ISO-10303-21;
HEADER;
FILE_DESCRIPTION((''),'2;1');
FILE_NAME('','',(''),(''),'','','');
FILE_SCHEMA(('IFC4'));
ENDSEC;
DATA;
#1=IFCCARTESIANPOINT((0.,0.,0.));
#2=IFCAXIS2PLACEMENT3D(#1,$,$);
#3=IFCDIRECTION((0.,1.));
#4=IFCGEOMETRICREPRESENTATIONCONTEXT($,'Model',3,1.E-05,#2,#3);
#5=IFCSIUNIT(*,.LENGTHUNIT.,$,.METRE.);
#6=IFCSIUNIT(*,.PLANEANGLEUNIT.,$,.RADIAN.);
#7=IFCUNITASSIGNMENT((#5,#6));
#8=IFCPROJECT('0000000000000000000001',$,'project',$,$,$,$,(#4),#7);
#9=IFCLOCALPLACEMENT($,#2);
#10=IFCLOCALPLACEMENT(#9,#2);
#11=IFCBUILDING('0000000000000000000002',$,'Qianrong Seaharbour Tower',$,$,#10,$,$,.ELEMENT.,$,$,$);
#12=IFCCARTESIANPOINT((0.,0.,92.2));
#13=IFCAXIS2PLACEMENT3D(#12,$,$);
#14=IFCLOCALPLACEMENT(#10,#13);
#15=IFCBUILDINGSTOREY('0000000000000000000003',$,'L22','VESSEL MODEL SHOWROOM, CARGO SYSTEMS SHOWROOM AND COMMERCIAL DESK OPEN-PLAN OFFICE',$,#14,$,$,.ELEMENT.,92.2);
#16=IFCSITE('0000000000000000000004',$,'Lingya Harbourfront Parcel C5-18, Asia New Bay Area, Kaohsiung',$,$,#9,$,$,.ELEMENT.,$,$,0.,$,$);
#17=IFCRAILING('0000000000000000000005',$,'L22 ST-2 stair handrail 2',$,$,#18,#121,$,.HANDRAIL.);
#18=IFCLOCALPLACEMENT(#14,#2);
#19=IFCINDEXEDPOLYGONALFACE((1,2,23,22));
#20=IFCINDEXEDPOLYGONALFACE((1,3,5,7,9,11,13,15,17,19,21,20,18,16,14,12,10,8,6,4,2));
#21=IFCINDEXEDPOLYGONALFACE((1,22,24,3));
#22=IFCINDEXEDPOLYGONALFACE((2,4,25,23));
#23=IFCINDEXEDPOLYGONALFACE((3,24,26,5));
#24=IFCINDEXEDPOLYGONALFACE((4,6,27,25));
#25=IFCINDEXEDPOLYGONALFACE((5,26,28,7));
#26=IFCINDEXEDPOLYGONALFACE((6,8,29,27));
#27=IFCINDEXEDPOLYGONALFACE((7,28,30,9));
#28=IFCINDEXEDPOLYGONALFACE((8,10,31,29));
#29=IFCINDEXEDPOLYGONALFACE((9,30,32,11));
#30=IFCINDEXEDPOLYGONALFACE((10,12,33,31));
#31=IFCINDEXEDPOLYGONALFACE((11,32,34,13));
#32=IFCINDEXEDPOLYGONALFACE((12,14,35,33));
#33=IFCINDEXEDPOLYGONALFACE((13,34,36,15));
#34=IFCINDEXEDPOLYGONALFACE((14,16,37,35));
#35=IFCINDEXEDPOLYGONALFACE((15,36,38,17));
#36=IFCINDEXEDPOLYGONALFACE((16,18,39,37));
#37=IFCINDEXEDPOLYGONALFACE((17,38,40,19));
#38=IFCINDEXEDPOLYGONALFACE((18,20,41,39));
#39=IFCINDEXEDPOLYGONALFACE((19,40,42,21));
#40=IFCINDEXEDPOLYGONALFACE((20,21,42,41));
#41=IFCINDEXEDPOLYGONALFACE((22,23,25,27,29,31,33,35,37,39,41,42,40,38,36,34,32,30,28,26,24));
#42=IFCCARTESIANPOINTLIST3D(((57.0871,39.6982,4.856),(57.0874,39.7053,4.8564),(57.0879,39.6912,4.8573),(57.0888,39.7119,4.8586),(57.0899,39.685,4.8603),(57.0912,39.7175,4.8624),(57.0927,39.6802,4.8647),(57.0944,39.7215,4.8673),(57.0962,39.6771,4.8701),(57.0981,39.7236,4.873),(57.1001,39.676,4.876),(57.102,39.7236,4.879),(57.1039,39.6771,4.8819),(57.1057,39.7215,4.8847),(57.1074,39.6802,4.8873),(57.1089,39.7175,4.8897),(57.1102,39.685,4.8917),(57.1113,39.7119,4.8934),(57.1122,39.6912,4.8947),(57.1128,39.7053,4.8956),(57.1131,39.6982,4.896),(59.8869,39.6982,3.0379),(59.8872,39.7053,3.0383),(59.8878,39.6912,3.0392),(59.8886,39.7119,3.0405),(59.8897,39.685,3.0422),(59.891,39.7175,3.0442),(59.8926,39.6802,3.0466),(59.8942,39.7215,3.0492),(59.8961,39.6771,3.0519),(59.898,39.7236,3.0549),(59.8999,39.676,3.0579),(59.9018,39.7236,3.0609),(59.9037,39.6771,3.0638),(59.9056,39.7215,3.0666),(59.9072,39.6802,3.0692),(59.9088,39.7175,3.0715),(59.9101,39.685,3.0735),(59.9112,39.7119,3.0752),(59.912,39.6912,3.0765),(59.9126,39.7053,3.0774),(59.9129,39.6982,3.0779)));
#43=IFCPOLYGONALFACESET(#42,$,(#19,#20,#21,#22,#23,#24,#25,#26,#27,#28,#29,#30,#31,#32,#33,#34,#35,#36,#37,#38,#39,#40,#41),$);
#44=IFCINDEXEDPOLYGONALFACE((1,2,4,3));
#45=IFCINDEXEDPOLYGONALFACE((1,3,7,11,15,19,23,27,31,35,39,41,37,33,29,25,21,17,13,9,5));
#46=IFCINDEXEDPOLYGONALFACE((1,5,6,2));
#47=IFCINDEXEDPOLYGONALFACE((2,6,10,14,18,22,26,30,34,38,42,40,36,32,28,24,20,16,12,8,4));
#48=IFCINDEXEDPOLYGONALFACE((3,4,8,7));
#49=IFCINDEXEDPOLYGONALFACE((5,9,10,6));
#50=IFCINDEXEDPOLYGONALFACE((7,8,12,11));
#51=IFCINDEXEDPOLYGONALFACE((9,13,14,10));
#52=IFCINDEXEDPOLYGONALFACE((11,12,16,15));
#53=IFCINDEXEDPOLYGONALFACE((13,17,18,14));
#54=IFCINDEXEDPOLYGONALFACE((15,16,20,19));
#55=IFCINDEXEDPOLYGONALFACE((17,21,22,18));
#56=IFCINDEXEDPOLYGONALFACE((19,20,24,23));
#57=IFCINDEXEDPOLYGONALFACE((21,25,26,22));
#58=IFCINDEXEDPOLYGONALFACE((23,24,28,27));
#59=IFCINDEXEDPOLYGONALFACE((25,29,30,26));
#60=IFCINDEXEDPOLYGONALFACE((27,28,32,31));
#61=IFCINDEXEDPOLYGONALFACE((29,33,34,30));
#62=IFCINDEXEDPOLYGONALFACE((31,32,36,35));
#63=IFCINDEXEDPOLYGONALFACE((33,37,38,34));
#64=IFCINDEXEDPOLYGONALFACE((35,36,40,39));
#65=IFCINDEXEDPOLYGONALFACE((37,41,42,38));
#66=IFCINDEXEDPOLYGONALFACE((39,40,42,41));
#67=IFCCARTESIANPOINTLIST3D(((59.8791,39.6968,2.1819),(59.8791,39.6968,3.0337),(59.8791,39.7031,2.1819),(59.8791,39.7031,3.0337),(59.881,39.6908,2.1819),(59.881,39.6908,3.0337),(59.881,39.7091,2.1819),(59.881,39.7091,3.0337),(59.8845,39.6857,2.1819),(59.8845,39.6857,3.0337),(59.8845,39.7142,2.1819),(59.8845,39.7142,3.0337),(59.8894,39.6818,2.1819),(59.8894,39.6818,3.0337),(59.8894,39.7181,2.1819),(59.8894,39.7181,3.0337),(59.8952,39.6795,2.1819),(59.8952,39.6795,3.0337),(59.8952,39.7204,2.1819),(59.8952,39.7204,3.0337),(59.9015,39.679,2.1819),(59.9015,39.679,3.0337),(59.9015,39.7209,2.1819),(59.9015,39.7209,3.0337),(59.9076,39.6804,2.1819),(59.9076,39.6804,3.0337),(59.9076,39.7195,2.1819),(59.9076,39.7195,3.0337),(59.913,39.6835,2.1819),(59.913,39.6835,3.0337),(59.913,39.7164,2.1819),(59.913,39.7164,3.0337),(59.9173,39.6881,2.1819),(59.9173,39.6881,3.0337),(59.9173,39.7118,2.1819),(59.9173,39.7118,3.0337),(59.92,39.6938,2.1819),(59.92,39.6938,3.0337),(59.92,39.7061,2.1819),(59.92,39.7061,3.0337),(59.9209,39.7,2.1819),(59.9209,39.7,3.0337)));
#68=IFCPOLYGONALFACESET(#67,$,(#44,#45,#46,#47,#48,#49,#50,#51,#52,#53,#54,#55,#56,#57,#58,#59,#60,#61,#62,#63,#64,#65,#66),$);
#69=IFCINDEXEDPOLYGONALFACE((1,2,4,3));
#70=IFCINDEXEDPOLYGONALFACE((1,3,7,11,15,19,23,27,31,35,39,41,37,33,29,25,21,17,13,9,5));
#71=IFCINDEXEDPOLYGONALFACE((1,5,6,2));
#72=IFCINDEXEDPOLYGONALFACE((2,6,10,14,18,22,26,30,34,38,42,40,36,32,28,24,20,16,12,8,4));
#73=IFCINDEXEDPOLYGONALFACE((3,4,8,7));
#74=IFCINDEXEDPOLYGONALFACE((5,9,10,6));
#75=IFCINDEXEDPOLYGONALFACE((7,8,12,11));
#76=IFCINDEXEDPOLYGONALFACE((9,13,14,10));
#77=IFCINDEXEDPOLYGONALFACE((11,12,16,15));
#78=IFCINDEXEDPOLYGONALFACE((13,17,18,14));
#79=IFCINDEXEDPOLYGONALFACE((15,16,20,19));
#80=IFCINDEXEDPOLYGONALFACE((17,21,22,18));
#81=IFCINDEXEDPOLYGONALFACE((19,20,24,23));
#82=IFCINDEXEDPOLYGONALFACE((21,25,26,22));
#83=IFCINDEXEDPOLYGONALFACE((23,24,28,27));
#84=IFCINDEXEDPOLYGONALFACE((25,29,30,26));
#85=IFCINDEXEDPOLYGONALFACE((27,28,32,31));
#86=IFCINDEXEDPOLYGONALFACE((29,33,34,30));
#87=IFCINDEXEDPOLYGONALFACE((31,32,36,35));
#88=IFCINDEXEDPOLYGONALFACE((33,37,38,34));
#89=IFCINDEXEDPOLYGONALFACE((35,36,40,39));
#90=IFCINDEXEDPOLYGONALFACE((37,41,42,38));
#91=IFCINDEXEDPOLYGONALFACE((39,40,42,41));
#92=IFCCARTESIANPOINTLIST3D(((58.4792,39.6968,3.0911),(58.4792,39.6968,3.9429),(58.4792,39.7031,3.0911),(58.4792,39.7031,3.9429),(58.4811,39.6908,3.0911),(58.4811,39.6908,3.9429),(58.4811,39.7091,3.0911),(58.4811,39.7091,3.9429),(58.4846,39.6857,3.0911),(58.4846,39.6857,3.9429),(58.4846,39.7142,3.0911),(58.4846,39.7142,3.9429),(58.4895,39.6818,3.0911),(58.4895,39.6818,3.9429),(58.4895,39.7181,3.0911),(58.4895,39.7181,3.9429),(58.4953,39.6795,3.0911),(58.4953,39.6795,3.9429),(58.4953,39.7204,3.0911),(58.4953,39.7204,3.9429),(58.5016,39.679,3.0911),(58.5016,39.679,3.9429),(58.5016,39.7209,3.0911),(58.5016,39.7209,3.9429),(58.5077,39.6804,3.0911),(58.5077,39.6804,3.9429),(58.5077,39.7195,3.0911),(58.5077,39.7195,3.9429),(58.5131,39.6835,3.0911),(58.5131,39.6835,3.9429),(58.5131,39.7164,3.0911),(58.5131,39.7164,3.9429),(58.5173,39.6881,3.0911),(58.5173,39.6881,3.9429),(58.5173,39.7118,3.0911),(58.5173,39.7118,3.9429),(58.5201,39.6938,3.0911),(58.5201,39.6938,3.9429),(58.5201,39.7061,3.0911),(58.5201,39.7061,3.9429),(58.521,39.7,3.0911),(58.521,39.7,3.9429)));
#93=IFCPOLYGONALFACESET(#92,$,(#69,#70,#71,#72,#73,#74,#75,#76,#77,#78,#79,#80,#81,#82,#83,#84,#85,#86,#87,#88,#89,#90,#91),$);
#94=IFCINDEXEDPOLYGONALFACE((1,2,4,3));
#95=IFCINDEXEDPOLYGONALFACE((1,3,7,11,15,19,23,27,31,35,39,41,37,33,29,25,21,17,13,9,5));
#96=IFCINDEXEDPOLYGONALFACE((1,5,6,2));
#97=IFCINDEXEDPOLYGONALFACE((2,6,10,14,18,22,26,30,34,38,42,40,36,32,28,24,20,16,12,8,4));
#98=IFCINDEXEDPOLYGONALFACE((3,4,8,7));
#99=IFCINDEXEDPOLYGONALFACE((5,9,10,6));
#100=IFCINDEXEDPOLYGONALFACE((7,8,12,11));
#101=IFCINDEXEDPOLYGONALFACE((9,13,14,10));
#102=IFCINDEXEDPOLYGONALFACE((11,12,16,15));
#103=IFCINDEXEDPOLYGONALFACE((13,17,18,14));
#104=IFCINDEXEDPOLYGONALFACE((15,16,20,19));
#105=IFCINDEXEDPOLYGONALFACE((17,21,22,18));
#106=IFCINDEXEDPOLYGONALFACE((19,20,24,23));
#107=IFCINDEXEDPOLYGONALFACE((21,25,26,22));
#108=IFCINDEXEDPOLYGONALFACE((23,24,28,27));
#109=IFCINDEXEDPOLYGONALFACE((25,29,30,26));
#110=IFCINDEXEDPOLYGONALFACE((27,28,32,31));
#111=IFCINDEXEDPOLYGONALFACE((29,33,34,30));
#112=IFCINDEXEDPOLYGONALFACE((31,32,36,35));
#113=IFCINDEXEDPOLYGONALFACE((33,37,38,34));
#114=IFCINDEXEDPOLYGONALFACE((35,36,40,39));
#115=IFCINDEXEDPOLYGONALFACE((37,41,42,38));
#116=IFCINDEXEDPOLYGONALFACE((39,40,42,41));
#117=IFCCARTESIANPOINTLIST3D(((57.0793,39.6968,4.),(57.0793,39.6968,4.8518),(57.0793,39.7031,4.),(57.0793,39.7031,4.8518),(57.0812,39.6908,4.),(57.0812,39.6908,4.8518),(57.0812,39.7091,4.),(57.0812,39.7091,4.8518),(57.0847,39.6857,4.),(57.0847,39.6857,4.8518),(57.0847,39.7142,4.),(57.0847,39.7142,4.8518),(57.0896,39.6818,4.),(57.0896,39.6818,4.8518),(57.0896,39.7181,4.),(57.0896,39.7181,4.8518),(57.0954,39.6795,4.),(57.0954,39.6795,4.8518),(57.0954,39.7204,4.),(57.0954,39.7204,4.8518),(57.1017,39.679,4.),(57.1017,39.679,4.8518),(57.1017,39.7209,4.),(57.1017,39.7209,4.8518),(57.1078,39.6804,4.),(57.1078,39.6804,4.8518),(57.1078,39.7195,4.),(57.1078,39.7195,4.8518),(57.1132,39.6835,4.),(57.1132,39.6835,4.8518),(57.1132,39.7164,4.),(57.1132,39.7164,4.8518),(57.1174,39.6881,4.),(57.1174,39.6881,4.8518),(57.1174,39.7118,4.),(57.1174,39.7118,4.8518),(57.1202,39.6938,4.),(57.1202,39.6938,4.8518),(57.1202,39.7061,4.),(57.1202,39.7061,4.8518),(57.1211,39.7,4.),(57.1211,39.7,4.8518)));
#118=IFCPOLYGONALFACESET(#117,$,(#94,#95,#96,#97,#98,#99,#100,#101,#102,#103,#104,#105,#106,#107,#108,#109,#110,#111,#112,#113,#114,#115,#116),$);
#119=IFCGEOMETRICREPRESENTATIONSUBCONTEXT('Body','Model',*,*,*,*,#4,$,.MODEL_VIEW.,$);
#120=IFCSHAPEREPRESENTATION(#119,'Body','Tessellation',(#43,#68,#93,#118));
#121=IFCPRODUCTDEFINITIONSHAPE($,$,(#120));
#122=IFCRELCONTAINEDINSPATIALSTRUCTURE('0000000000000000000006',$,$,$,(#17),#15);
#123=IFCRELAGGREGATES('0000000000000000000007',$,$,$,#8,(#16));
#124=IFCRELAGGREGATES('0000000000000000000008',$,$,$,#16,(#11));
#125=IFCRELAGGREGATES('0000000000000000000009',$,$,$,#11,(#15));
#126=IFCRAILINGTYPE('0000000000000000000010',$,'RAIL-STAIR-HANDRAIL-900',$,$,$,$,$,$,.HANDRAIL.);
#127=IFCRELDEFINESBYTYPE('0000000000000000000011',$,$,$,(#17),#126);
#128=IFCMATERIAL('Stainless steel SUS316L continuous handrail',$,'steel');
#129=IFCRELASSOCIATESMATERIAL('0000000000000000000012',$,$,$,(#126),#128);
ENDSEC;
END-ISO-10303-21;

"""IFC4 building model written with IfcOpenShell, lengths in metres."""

from ifc_helpers import new_model, si_unit, direction, frame, origin, origin_2d, place, context, subcontext, project, spatial, circle, extrude, material, type_object, element, save


model = new_model("IFC4")

# Units and contexts
model_context = context("Model", 3, precision=1e-05, world=origin(), true_north=direction((0.0, 1.0)))
body_context = subcontext(model_context, "Body", "Model", "MODEL_VIEW")
ifc_project = project(units=[si_unit("LENGTHUNIT", "METRE"), si_unit("PLANEANGLEUNIT", "RADIAN")], contexts=[model_context])

# Site, building, storey
site_placement = place(None, origin())
site = spatial("IfcSite", under=ifc_project, at=site_placement, Name="Lingya Harbourfront Parcel C5-18, Asia New Bay Area, Kaohsiung", CompositionType="ELEMENT", RefElevation=0.0)
building_placement = place(site_placement, origin())
building = spatial("IfcBuilding", under=site, at=building_placement, Name="Qianrong Seaharbour Tower", CompositionType="ELEMENT")
storey_placement = place(building_placement, frame((0.0, 0.0, 92.2)))
storey = spatial("IfcBuildingStorey", under=building, at=storey_placement, Name="L22", Description="VESSEL MODEL SHOWROOM, CARGO SYSTEMS SHOWROOM AND COMMERCIAL DESK OPEN-PLAN OFFICE", CompositionType="ELEMENT", Elevation=92.2)

# Railing
ifc_material_1 = material(Name="Stainless steel SUS316L continuous handrail", Category="steel")
railing_type_1 = type_object("IfcRailingType", Name="RAIL-STAIR-HANDRAIL-900", PredefinedType="HANDRAIL", material=ifc_material_1)
railing_1_placement = place(storey_placement, frame((59.8999, 39.7, 2.1819)))
element("IfcRailing", 1, at=railing_1_placement, inside=storey, type_object=railing_type_1, Name="L22 ST-2 stair handrail 2", PredefinedType="HANDRAIL", context=body_context, shape_type="SweptSolid", body=[
    extrude(circle(Radius=0.0239, at=origin_2d()), frame((0.0, 0.0, 0.876), z_axis=(-0.838684, 0.0, 0.544618), x_axis=(0.0, -1.0, 0.0)), (0.0, 0.0, 1.0), 3.3384),
    extrude(circle(Radius=0.021, at=origin_2d()), origin(), (0.0, 0.0, 1.0), 0.8518),
    extrude(circle(Radius=0.021, at=origin_2d()), frame((-1.3999, 0.0, 0.9092)), (0.0, 0.0, 1.0), 0.8518),
    extrude(circle(Radius=0.021, at=origin_2d()), frame((-2.7998, 0.0, 1.8181)), (0.0, 0.0, 1.0), 0.8518),
])

save(model, "model.ifc")
